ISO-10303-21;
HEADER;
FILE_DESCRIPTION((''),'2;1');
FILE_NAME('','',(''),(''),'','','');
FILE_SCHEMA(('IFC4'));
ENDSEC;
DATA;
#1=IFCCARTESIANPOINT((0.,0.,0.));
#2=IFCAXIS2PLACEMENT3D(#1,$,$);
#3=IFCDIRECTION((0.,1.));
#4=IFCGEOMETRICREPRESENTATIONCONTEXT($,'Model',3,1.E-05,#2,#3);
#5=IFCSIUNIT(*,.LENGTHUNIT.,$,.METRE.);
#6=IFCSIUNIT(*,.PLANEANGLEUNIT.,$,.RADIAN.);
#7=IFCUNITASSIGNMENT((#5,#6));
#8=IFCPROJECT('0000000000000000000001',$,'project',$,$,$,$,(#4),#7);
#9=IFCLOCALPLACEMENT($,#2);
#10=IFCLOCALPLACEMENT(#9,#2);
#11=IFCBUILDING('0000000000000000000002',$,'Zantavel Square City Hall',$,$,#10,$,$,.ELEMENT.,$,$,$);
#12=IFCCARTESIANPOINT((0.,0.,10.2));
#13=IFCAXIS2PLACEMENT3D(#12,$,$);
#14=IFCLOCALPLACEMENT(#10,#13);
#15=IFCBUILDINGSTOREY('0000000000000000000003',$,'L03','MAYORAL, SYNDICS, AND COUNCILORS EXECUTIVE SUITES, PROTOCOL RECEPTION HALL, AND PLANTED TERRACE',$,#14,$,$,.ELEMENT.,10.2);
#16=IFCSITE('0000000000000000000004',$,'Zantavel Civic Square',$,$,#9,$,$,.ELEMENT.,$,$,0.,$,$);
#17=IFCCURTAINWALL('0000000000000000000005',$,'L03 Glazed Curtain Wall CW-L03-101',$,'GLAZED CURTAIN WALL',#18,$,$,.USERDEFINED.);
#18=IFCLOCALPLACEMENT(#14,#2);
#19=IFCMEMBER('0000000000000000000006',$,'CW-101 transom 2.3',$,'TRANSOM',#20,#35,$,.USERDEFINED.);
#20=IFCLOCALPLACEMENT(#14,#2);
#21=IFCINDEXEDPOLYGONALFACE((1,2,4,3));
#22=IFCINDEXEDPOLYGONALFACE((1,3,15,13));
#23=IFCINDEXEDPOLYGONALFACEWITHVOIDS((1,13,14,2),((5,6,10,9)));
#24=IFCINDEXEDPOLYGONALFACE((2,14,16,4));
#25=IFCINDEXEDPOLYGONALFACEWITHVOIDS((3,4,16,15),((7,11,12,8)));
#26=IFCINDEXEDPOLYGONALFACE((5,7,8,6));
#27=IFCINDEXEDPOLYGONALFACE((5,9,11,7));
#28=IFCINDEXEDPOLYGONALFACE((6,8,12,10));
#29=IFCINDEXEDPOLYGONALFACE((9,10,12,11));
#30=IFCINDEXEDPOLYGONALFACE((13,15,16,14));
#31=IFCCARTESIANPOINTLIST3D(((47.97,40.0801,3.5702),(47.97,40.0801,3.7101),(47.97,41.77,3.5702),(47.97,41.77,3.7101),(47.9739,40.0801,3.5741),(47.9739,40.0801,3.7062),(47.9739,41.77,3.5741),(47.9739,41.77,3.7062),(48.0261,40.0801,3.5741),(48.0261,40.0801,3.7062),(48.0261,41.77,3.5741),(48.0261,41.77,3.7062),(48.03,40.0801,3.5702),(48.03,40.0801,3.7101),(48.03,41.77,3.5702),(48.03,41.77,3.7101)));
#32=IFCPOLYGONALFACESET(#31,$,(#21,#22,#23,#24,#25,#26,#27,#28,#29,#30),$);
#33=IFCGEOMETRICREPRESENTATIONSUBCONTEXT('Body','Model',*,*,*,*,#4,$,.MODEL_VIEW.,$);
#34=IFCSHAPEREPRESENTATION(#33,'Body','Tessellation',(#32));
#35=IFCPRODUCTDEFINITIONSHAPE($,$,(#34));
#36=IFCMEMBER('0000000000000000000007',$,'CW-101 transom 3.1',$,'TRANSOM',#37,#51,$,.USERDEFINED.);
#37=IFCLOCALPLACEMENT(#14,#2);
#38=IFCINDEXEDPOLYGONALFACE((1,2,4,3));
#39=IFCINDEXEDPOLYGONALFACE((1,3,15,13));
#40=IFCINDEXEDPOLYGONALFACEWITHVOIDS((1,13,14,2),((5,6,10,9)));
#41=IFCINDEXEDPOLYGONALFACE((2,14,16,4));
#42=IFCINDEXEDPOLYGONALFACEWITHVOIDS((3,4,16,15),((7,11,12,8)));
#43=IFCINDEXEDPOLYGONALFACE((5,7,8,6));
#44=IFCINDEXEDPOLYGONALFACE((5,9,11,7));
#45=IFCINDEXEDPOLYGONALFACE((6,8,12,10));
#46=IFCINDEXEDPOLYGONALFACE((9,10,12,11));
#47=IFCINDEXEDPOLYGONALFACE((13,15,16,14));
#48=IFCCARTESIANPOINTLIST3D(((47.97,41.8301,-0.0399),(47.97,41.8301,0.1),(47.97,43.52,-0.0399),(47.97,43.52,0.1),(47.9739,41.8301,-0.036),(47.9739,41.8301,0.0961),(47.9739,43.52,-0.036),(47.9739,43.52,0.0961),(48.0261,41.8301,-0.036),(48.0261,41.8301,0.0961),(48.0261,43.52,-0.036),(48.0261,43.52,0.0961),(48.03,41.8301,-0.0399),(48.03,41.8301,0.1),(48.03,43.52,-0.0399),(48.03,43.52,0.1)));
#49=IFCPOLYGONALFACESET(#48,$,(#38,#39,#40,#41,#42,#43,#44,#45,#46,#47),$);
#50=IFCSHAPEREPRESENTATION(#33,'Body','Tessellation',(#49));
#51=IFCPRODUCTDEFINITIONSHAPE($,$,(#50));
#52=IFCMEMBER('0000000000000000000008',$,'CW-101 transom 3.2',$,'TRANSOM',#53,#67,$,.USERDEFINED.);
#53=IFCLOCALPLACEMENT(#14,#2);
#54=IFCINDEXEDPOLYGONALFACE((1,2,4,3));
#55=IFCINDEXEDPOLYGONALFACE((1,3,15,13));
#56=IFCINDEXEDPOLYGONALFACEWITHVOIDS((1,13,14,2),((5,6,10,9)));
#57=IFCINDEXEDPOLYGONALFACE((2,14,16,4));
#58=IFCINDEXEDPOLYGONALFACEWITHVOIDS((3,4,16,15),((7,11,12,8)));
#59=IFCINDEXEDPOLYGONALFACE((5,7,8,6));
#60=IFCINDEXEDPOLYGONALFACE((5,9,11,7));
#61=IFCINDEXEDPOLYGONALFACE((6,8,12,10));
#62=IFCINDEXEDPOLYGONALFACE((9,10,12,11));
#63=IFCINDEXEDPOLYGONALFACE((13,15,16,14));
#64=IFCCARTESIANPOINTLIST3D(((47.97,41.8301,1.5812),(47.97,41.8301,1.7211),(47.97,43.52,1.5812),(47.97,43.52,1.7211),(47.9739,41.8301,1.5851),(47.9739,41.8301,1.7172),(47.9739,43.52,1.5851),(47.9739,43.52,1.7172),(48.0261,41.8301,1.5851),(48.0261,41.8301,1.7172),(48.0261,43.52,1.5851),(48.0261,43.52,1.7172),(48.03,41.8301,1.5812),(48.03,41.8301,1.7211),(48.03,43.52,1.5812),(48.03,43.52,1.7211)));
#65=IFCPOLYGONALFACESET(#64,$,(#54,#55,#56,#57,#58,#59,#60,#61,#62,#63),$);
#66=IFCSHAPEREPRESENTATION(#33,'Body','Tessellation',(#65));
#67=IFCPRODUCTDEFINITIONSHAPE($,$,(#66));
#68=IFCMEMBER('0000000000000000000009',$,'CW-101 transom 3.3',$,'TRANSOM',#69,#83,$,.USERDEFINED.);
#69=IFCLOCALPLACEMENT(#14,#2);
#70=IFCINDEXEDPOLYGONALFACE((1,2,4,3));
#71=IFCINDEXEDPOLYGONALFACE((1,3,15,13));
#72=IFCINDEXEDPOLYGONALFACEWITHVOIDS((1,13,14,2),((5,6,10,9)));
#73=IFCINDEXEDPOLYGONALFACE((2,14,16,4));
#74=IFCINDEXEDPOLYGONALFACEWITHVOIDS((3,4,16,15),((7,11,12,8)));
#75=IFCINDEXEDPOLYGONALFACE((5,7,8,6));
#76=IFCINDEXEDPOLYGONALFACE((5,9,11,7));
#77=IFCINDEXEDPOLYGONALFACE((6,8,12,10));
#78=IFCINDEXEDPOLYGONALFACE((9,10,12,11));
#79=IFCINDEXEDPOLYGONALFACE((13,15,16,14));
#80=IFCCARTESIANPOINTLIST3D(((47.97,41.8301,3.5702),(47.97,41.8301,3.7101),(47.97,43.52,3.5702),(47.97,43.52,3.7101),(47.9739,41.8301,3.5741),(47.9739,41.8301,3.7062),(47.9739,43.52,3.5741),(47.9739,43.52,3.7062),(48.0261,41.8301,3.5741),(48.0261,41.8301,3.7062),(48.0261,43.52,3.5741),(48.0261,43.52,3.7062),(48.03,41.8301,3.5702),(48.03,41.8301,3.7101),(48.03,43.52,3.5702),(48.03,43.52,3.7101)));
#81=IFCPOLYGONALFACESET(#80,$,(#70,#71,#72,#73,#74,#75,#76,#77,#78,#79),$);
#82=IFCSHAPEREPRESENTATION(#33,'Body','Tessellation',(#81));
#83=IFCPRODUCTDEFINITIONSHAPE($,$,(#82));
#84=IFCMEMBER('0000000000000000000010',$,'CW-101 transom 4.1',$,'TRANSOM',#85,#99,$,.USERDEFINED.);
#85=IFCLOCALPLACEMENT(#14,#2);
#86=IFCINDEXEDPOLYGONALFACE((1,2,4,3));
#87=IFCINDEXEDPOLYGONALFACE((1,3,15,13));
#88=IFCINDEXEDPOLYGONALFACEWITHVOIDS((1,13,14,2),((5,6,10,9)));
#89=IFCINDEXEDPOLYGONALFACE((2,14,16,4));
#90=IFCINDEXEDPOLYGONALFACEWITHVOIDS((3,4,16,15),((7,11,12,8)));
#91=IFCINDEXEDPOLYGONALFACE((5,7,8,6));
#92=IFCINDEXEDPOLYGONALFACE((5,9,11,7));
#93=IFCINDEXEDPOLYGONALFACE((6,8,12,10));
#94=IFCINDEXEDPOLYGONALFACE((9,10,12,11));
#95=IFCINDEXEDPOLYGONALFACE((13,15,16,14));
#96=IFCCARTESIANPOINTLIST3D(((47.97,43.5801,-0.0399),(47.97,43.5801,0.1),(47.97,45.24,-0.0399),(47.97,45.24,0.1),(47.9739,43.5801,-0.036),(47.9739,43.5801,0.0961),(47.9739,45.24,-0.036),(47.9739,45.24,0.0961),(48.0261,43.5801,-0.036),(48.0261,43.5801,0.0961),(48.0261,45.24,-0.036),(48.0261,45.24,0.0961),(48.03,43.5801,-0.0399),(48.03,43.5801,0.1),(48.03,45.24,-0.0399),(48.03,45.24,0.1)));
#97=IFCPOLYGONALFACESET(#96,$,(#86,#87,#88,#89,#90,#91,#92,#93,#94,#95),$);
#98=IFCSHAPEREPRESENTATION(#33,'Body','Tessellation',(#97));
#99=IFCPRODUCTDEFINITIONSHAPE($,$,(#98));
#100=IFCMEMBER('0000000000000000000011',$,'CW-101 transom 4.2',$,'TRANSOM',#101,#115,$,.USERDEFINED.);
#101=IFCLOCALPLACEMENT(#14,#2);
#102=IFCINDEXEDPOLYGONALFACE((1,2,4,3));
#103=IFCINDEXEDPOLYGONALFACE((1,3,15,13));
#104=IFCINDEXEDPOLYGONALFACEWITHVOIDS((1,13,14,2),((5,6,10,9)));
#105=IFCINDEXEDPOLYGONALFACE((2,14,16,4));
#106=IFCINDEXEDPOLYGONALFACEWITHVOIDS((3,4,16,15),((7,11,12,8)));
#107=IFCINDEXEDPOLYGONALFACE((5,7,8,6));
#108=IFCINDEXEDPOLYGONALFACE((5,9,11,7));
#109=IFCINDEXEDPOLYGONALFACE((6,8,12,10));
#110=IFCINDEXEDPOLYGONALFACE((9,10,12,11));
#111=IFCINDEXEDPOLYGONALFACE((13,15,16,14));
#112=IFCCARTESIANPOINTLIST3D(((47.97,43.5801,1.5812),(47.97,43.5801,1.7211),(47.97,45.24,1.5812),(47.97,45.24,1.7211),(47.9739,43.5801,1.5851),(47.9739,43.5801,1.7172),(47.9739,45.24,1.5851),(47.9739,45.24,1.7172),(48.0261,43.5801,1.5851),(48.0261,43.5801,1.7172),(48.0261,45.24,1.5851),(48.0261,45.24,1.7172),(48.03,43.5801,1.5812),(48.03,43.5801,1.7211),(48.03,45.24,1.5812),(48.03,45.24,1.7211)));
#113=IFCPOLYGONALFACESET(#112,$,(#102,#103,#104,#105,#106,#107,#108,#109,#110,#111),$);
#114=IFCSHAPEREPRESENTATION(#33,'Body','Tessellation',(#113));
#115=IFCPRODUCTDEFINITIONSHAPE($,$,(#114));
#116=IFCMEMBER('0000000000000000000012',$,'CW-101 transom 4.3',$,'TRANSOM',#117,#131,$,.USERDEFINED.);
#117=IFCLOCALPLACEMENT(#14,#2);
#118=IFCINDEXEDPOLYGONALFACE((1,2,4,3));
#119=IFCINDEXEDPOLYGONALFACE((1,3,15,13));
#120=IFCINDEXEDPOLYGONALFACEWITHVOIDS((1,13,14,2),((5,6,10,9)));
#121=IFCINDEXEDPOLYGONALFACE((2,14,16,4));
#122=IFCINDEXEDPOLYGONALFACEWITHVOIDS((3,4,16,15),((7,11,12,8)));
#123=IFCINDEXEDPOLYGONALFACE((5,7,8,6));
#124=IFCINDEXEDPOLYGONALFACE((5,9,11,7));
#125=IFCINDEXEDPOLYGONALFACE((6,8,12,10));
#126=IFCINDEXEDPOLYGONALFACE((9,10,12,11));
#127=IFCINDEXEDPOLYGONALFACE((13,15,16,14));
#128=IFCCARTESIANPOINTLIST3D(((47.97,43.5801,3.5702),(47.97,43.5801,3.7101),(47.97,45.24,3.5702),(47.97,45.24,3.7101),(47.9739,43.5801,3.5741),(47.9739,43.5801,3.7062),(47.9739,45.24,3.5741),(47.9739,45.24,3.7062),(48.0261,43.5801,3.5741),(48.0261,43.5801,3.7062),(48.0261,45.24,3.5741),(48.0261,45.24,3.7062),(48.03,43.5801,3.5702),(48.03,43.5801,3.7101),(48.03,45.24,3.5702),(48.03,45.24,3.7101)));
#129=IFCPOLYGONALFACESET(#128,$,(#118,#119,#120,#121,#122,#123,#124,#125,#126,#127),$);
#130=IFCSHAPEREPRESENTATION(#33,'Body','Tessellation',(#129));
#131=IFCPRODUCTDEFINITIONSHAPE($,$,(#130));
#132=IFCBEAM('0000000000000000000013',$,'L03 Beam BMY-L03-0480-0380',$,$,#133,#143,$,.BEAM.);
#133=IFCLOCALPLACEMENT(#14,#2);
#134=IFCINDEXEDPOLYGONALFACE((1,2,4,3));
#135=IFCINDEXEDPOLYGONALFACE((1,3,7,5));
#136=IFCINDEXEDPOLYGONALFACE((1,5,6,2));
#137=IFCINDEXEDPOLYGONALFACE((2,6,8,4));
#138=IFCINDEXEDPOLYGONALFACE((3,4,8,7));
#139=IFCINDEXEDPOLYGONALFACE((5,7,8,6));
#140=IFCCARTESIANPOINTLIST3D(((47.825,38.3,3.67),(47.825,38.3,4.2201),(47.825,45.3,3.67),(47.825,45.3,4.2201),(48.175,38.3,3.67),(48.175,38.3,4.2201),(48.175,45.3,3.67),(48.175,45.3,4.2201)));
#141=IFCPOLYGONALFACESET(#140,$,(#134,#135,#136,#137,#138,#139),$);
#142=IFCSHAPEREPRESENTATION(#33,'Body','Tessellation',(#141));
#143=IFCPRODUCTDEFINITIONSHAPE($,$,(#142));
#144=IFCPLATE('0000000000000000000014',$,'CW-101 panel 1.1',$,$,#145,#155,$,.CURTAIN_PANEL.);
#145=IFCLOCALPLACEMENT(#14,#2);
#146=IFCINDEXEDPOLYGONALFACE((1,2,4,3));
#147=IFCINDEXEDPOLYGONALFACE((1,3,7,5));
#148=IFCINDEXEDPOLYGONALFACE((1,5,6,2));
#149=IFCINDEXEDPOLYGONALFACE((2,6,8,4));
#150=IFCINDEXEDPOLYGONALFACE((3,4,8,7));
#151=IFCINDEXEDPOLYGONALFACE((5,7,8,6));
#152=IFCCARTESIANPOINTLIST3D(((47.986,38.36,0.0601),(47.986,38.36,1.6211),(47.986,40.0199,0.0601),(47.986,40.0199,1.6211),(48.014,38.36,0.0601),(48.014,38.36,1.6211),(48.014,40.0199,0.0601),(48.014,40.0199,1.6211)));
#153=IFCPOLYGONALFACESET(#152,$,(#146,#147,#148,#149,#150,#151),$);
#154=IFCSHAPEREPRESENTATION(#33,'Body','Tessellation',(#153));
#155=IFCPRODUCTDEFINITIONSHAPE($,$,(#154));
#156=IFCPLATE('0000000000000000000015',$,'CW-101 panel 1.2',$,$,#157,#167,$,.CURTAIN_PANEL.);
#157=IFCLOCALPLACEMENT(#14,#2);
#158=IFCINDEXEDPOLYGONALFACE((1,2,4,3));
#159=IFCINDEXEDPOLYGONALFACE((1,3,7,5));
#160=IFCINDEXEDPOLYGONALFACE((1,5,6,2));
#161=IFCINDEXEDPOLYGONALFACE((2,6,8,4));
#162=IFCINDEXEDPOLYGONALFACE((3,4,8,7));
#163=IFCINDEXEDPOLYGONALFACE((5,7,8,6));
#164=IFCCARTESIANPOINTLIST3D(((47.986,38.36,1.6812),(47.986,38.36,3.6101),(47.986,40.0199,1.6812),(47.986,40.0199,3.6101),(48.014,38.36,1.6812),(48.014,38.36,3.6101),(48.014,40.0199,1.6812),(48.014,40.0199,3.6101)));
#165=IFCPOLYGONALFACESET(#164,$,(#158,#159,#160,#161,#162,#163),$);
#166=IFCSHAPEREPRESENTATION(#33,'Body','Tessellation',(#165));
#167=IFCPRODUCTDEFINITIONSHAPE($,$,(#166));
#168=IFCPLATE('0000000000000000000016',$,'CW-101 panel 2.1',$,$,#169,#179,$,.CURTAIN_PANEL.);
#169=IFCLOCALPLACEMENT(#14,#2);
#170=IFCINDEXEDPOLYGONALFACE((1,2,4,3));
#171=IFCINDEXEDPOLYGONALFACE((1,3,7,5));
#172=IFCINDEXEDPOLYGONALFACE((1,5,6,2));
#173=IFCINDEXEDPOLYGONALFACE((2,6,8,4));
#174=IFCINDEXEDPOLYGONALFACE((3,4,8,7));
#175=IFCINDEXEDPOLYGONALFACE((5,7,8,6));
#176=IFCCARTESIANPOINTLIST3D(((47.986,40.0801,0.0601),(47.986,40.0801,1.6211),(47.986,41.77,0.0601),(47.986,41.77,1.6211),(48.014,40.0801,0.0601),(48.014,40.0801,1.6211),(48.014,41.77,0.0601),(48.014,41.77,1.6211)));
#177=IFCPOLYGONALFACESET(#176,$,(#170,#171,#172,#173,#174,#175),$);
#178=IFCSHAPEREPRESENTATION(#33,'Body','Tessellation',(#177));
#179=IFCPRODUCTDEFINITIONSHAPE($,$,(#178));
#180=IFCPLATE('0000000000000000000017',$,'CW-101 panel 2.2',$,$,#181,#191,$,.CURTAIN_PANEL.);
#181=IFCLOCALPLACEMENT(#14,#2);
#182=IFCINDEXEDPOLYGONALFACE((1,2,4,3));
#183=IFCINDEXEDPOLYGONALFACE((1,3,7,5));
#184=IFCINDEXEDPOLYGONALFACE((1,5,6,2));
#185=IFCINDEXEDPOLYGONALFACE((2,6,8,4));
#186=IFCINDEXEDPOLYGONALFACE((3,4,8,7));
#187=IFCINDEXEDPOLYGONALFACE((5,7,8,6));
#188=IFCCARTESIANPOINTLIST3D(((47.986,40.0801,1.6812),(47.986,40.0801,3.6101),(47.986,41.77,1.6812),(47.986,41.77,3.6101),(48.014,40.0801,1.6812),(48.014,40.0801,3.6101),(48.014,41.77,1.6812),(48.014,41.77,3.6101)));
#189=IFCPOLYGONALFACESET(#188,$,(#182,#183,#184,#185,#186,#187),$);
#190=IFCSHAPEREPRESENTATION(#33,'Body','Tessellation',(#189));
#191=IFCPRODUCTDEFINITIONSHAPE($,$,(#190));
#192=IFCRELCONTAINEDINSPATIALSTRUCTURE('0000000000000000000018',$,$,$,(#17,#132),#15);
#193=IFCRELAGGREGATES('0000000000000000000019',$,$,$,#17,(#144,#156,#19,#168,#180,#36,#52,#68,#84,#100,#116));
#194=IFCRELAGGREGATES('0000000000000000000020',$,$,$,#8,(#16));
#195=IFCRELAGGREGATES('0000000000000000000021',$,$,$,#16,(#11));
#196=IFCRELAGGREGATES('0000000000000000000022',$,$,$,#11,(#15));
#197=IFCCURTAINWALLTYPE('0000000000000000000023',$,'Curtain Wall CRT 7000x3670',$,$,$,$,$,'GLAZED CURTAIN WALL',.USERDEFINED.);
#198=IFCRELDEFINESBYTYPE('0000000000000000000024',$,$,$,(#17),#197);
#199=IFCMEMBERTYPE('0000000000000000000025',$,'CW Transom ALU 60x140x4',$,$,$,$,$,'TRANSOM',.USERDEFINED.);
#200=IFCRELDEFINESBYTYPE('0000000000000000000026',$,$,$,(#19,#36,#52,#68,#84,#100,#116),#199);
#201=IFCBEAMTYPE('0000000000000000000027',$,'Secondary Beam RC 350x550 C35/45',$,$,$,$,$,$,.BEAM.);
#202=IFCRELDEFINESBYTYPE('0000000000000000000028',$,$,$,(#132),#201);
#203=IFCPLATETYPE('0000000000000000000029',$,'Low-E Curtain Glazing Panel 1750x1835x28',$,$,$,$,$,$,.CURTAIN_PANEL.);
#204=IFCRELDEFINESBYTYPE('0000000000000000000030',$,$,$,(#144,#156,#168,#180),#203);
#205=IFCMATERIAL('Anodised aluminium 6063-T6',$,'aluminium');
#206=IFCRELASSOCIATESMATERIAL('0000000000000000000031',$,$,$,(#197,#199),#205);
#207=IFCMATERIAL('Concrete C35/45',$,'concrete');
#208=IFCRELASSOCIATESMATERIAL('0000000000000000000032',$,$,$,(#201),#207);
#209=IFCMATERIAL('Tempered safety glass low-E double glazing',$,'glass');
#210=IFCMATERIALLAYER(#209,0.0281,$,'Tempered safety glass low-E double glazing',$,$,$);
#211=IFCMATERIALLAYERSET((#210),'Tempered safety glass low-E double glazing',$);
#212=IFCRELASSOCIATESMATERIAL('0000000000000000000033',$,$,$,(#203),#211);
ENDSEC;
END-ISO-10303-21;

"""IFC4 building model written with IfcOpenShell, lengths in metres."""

from ifc_helpers import new_model, si_unit, direction, frame, origin, origin_2d, place, context, subcontext, project, spatial, rectangle, hollow_rectangle, extrude, material, layer, layer_set, material_profile, profile_set, type_object, element, aggregate, save


model = new_model("IFC4")

# Units and contexts
model_context = context("Model", 3, precision=1e-05, world=origin(), true_north=direction((0.0, 1.0)))
body_context = subcontext(model_context, "Body", "Model", "MODEL_VIEW")
ifc_project = project(units=[si_unit("LENGTHUNIT", "METRE"), si_unit("PLANEANGLEUNIT", "RADIAN")], contexts=[model_context])

# Site, building, storey
site_placement = place(None, origin())
site = spatial("IfcSite", under=ifc_project, at=site_placement, Name="Zantavel Civic Square", CompositionType="ELEMENT", RefElevation=0.0)
building_placement = place(site_placement, origin())
building = spatial("IfcBuilding", under=site, at=building_placement, Name="Zantavel Square City Hall", CompositionType="ELEMENT")
storey_placement = place(building_placement, frame((0.0, 0.0, 10.2)))
storey = spatial("IfcBuildingStorey", under=building, at=storey_placement, Name="L03", Description="MAYORAL, SYNDICS, AND COUNCILORS EXECUTIVE SUITES, PROTOCOL RECEPTION HALL, AND PLANTED TERRACE", CompositionType="ELEMENT", Elevation=10.2)

# Curtain wall, members
ifc_material_1 = material(Name="Anodised aluminium 6063-T6", Category="aluminium")
curtain_wall_type = type_object("IfcCurtainWallType", Name="Curtain Wall CRT 7000x3670", ElementType="GLAZED CURTAIN WALL", PredefinedType="USERDEFINED", material=ifc_material_1)
curtain_wall_placement = place(storey_placement, origin())
curtain_wall = element("IfcCurtainWall", 1, at=curtain_wall_placement, inside=storey, type_object=curtain_wall_type, Name="L03 Glazed Curtain Wall CW-L03-101", ObjectType="GLAZED CURTAIN WALL", PredefinedType="USERDEFINED")
ifc_material_profile_1 = material_profile(ifc_material_1, hollow_rectangle(XDim=0.0601, YDim=0.1399, WallThickness=0.0039, at=origin_2d()), Name="ALU 60x140x4")
ifc_profile_set_1 = profile_set([ifc_material_profile_1], Name="Anodised aluminium 6063-T6")
member_type_1 = type_object("IfcMemberType", Name="CW Transom ALU 60x140x4", ElementType="TRANSOM", PredefinedType="USERDEFINED", material=ifc_profile_set_1)
member_1_placement = place(storey_placement, frame((48.0, 40.0801, 3.6401), z_axis=(0.0, 1.0, 0.0), x_axis=(-1.0, 0.0, 0.0)))
member_1 = element("IfcMember", 2, at=member_1_placement, type_object=member_type_1, Name="CW-101 transom 2.3", ObjectType="TRANSOM", PredefinedType="USERDEFINED", context=body_context, shape_type="SweptSolid", body=[
    extrude(hollow_rectangle(XDim=0.0601, YDim=0.1399, WallThickness=0.0039, at=origin_2d()), origin(), (0.0, 0.0, 1.0), 1.6899),
])
member_2_placement = place(storey_placement, frame((48.0, 41.8301, 0.03), z_axis=(0.0, 1.0, 0.0), x_axis=(-1.0, 0.0, 0.0)))
member_2 = element("IfcMember", 3, at=member_2_placement, type_object=member_type_1, Name="CW-101 transom 3.1", ObjectType="TRANSOM", PredefinedType="USERDEFINED", context=body_context, shape_type="SweptSolid", body=[
    extrude(hollow_rectangle(XDim=0.0601, YDim=0.1399, WallThickness=0.0039, at=origin_2d()), origin(), (0.0, 0.0, 1.0), 1.6899),
])
member_3_placement = place(storey_placement, frame((48.0, 41.8301, 1.6511), z_axis=(0.0, 1.0, 0.0), x_axis=(-1.0, 0.0, 0.0)))
member_3 = element("IfcMember", 4, at=member_3_placement, type_object=member_type_1, Name="CW-101 transom 3.2", ObjectType="TRANSOM", PredefinedType="USERDEFINED", context=body_context, shape_type="SweptSolid", body=[
    extrude(hollow_rectangle(XDim=0.0601, YDim=0.1399, WallThickness=0.0039, at=origin_2d()), origin(), (0.0, 0.0, 1.0), 1.6899),
])
member_4_placement = place(storey_placement, frame((48.0, 41.8301, 3.6401), z_axis=(0.0, 1.0, 0.0), x_axis=(-1.0, 0.0, 0.0)))
member_4 = element("IfcMember", 5, at=member_4_placement, type_object=member_type_1, Name="CW-101 transom 3.3", ObjectType="TRANSOM", PredefinedType="USERDEFINED", context=body_context, shape_type="SweptSolid", body=[
    extrude(hollow_rectangle(XDim=0.0601, YDim=0.1399, WallThickness=0.0039, at=origin_2d()), origin(), (0.0, 0.0, 1.0), 1.6899),
])
member_5_placement = place(storey_placement, frame((48.0, 43.5801, 0.03), z_axis=(0.0, 1.0, 0.0), x_axis=(-1.0, 0.0, 0.0)))
member_5 = element("IfcMember", 6, at=member_5_placement, type_object=member_type_1, Name="CW-101 transom 4.1", ObjectType="TRANSOM", PredefinedType="USERDEFINED", context=body_context, shape_type="SweptSolid", body=[
    extrude(hollow_rectangle(XDim=0.0601, YDim=0.1399, WallThickness=0.0039, at=origin_2d()), origin(), (0.0, 0.0, 1.0), 1.6599),
])
member_6_placement = place(storey_placement, frame((48.0, 43.5801, 1.6511), z_axis=(0.0, 1.0, 0.0), x_axis=(-1.0, 0.0, 0.0)))
member_6 = element("IfcMember", 7, at=member_6_placement, type_object=member_type_1, Name="CW-101 transom 4.2", ObjectType="TRANSOM", PredefinedType="USERDEFINED", context=body_context, shape_type="SweptSolid", body=[
    extrude(hollow_rectangle(XDim=0.0601, YDim=0.1399, WallThickness=0.0039, at=origin_2d()), origin(), (0.0, 0.0, 1.0), 1.6599),
])
member_7_placement = place(storey_placement, frame((48.0, 43.5801, 3.6401), z_axis=(0.0, 1.0, 0.0), x_axis=(-1.0, 0.0, 0.0)))
member_7 = element("IfcMember", 8, at=member_7_placement, type_object=member_type_1, Name="CW-101 transom 4.3", ObjectType="TRANSOM", PredefinedType="USERDEFINED", context=body_context, shape_type="SweptSolid", body=[
    extrude(hollow_rectangle(XDim=0.0601, YDim=0.1399, WallThickness=0.0039, at=origin_2d()), origin(), (0.0, 0.0, 1.0), 1.6599),
])

# Beam
ifc_material_2 = material(Name="Concrete C35/45", Category="concrete")
ifc_material_profile_2 = material_profile(ifc_material_2, rectangle(XDim=0.3501, YDim=0.55, at=origin_2d()), Name="RC 350x550")
ifc_profile_set_2 = profile_set([ifc_material_profile_2], Name="Concrete C35/45")
beam_type = type_object("IfcBeamType", Name="Secondary Beam RC 350x550 C35/45", PredefinedType="BEAM", material=ifc_profile_set_2)
beam_placement = place(storey_placement, frame((48.0, 38.3, 3.9451), z_axis=(0.0, 1.0, 0.0), x_axis=(-1.0, 0.0, 0.0)))
element("IfcBeam", 9, at=beam_placement, inside=storey, type_object=beam_type, Name="L03 Beam BMY-L03-0480-0380", PredefinedType="BEAM", context=body_context, shape_type="SweptSolid", body=[
    extrude(rectangle(XDim=0.3501, YDim=0.55, at=origin_2d()), origin(), (0.0, 0.0, 1.0), 7.0),
])

# Plates
ifc_material_3 = material(Name="Tempered safety glass low-E double glazing", Category="glass")
ifc_layer = layer(ifc_material_3, 0.0281, Name="Tempered safety glass low-E double glazing")
ifc_layer_set = layer_set([ifc_layer], Name="Tempered safety glass low-E double glazing")
plate_type = type_object("IfcPlateType", Name="Low-E Curtain Glazing Panel 1750x1835x28", PredefinedType="CURTAIN_PANEL", material=ifc_layer_set)
plate_1_placement = place(storey_placement, frame((48.0, 39.1899, 0.0601), z_axis=(0.0, 0.0, 1.0), x_axis=(0.0, 1.0, 0.0)))
plate_1 = element("IfcPlate", 10, at=plate_1_placement, type_object=plate_type, Name="CW-101 panel 1.1", PredefinedType="CURTAIN_PANEL", context=body_context, shape_type="SweptSolid", body=[
    extrude(rectangle(XDim=1.6599, YDim=0.0281, at=origin_2d()), origin(), (0.0, 0.0, 1.0), 1.561),
])
plate_2_placement = place(storey_placement, frame((48.0, 39.1899, 1.6812), z_axis=(0.0, 0.0, 1.0), x_axis=(0.0, 1.0, 0.0)))
plate_2 = element("IfcPlate", 11, at=plate_2_placement, type_object=plate_type, Name="CW-101 panel 1.2", PredefinedType="CURTAIN_PANEL", context=body_context, shape_type="SweptSolid", body=[
    extrude(rectangle(XDim=1.6599, YDim=0.0281, at=origin_2d()), origin(), (0.0, 0.0, 1.0), 1.929),
])
plate_3_placement = place(storey_placement, frame((48.0, 40.925, 0.0601), z_axis=(0.0, 0.0, 1.0), x_axis=(0.0, 1.0, 0.0)))
plate_3 = element("IfcPlate", 12, at=plate_3_placement, type_object=plate_type, Name="CW-101 panel 2.1", PredefinedType="CURTAIN_PANEL", context=body_context, shape_type="SweptSolid", body=[
    extrude(rectangle(XDim=1.6899, YDim=0.0281, at=origin_2d()), origin(), (0.0, 0.0, 1.0), 1.561),
])
plate_4_placement = place(storey_placement, frame((48.0, 40.925, 1.6812), z_axis=(0.0, 0.0, 1.0), x_axis=(0.0, 1.0, 0.0)))
plate_4 = element("IfcPlate", 13, at=plate_4_placement, type_object=plate_type, Name="CW-101 panel 2.2", PredefinedType="CURTAIN_PANEL", context=body_context, shape_type="SweptSolid", body=[
    extrude(rectangle(XDim=1.6899, YDim=0.0281, at=origin_2d()), origin(), (0.0, 0.0, 1.0), 1.929),
])
aggregate(curtain_wall, [plate_1, plate_2, member_1, plate_3, plate_4, member_2, member_3, member_4, member_5, member_6, member_7])

save(model, "model.ifc")
